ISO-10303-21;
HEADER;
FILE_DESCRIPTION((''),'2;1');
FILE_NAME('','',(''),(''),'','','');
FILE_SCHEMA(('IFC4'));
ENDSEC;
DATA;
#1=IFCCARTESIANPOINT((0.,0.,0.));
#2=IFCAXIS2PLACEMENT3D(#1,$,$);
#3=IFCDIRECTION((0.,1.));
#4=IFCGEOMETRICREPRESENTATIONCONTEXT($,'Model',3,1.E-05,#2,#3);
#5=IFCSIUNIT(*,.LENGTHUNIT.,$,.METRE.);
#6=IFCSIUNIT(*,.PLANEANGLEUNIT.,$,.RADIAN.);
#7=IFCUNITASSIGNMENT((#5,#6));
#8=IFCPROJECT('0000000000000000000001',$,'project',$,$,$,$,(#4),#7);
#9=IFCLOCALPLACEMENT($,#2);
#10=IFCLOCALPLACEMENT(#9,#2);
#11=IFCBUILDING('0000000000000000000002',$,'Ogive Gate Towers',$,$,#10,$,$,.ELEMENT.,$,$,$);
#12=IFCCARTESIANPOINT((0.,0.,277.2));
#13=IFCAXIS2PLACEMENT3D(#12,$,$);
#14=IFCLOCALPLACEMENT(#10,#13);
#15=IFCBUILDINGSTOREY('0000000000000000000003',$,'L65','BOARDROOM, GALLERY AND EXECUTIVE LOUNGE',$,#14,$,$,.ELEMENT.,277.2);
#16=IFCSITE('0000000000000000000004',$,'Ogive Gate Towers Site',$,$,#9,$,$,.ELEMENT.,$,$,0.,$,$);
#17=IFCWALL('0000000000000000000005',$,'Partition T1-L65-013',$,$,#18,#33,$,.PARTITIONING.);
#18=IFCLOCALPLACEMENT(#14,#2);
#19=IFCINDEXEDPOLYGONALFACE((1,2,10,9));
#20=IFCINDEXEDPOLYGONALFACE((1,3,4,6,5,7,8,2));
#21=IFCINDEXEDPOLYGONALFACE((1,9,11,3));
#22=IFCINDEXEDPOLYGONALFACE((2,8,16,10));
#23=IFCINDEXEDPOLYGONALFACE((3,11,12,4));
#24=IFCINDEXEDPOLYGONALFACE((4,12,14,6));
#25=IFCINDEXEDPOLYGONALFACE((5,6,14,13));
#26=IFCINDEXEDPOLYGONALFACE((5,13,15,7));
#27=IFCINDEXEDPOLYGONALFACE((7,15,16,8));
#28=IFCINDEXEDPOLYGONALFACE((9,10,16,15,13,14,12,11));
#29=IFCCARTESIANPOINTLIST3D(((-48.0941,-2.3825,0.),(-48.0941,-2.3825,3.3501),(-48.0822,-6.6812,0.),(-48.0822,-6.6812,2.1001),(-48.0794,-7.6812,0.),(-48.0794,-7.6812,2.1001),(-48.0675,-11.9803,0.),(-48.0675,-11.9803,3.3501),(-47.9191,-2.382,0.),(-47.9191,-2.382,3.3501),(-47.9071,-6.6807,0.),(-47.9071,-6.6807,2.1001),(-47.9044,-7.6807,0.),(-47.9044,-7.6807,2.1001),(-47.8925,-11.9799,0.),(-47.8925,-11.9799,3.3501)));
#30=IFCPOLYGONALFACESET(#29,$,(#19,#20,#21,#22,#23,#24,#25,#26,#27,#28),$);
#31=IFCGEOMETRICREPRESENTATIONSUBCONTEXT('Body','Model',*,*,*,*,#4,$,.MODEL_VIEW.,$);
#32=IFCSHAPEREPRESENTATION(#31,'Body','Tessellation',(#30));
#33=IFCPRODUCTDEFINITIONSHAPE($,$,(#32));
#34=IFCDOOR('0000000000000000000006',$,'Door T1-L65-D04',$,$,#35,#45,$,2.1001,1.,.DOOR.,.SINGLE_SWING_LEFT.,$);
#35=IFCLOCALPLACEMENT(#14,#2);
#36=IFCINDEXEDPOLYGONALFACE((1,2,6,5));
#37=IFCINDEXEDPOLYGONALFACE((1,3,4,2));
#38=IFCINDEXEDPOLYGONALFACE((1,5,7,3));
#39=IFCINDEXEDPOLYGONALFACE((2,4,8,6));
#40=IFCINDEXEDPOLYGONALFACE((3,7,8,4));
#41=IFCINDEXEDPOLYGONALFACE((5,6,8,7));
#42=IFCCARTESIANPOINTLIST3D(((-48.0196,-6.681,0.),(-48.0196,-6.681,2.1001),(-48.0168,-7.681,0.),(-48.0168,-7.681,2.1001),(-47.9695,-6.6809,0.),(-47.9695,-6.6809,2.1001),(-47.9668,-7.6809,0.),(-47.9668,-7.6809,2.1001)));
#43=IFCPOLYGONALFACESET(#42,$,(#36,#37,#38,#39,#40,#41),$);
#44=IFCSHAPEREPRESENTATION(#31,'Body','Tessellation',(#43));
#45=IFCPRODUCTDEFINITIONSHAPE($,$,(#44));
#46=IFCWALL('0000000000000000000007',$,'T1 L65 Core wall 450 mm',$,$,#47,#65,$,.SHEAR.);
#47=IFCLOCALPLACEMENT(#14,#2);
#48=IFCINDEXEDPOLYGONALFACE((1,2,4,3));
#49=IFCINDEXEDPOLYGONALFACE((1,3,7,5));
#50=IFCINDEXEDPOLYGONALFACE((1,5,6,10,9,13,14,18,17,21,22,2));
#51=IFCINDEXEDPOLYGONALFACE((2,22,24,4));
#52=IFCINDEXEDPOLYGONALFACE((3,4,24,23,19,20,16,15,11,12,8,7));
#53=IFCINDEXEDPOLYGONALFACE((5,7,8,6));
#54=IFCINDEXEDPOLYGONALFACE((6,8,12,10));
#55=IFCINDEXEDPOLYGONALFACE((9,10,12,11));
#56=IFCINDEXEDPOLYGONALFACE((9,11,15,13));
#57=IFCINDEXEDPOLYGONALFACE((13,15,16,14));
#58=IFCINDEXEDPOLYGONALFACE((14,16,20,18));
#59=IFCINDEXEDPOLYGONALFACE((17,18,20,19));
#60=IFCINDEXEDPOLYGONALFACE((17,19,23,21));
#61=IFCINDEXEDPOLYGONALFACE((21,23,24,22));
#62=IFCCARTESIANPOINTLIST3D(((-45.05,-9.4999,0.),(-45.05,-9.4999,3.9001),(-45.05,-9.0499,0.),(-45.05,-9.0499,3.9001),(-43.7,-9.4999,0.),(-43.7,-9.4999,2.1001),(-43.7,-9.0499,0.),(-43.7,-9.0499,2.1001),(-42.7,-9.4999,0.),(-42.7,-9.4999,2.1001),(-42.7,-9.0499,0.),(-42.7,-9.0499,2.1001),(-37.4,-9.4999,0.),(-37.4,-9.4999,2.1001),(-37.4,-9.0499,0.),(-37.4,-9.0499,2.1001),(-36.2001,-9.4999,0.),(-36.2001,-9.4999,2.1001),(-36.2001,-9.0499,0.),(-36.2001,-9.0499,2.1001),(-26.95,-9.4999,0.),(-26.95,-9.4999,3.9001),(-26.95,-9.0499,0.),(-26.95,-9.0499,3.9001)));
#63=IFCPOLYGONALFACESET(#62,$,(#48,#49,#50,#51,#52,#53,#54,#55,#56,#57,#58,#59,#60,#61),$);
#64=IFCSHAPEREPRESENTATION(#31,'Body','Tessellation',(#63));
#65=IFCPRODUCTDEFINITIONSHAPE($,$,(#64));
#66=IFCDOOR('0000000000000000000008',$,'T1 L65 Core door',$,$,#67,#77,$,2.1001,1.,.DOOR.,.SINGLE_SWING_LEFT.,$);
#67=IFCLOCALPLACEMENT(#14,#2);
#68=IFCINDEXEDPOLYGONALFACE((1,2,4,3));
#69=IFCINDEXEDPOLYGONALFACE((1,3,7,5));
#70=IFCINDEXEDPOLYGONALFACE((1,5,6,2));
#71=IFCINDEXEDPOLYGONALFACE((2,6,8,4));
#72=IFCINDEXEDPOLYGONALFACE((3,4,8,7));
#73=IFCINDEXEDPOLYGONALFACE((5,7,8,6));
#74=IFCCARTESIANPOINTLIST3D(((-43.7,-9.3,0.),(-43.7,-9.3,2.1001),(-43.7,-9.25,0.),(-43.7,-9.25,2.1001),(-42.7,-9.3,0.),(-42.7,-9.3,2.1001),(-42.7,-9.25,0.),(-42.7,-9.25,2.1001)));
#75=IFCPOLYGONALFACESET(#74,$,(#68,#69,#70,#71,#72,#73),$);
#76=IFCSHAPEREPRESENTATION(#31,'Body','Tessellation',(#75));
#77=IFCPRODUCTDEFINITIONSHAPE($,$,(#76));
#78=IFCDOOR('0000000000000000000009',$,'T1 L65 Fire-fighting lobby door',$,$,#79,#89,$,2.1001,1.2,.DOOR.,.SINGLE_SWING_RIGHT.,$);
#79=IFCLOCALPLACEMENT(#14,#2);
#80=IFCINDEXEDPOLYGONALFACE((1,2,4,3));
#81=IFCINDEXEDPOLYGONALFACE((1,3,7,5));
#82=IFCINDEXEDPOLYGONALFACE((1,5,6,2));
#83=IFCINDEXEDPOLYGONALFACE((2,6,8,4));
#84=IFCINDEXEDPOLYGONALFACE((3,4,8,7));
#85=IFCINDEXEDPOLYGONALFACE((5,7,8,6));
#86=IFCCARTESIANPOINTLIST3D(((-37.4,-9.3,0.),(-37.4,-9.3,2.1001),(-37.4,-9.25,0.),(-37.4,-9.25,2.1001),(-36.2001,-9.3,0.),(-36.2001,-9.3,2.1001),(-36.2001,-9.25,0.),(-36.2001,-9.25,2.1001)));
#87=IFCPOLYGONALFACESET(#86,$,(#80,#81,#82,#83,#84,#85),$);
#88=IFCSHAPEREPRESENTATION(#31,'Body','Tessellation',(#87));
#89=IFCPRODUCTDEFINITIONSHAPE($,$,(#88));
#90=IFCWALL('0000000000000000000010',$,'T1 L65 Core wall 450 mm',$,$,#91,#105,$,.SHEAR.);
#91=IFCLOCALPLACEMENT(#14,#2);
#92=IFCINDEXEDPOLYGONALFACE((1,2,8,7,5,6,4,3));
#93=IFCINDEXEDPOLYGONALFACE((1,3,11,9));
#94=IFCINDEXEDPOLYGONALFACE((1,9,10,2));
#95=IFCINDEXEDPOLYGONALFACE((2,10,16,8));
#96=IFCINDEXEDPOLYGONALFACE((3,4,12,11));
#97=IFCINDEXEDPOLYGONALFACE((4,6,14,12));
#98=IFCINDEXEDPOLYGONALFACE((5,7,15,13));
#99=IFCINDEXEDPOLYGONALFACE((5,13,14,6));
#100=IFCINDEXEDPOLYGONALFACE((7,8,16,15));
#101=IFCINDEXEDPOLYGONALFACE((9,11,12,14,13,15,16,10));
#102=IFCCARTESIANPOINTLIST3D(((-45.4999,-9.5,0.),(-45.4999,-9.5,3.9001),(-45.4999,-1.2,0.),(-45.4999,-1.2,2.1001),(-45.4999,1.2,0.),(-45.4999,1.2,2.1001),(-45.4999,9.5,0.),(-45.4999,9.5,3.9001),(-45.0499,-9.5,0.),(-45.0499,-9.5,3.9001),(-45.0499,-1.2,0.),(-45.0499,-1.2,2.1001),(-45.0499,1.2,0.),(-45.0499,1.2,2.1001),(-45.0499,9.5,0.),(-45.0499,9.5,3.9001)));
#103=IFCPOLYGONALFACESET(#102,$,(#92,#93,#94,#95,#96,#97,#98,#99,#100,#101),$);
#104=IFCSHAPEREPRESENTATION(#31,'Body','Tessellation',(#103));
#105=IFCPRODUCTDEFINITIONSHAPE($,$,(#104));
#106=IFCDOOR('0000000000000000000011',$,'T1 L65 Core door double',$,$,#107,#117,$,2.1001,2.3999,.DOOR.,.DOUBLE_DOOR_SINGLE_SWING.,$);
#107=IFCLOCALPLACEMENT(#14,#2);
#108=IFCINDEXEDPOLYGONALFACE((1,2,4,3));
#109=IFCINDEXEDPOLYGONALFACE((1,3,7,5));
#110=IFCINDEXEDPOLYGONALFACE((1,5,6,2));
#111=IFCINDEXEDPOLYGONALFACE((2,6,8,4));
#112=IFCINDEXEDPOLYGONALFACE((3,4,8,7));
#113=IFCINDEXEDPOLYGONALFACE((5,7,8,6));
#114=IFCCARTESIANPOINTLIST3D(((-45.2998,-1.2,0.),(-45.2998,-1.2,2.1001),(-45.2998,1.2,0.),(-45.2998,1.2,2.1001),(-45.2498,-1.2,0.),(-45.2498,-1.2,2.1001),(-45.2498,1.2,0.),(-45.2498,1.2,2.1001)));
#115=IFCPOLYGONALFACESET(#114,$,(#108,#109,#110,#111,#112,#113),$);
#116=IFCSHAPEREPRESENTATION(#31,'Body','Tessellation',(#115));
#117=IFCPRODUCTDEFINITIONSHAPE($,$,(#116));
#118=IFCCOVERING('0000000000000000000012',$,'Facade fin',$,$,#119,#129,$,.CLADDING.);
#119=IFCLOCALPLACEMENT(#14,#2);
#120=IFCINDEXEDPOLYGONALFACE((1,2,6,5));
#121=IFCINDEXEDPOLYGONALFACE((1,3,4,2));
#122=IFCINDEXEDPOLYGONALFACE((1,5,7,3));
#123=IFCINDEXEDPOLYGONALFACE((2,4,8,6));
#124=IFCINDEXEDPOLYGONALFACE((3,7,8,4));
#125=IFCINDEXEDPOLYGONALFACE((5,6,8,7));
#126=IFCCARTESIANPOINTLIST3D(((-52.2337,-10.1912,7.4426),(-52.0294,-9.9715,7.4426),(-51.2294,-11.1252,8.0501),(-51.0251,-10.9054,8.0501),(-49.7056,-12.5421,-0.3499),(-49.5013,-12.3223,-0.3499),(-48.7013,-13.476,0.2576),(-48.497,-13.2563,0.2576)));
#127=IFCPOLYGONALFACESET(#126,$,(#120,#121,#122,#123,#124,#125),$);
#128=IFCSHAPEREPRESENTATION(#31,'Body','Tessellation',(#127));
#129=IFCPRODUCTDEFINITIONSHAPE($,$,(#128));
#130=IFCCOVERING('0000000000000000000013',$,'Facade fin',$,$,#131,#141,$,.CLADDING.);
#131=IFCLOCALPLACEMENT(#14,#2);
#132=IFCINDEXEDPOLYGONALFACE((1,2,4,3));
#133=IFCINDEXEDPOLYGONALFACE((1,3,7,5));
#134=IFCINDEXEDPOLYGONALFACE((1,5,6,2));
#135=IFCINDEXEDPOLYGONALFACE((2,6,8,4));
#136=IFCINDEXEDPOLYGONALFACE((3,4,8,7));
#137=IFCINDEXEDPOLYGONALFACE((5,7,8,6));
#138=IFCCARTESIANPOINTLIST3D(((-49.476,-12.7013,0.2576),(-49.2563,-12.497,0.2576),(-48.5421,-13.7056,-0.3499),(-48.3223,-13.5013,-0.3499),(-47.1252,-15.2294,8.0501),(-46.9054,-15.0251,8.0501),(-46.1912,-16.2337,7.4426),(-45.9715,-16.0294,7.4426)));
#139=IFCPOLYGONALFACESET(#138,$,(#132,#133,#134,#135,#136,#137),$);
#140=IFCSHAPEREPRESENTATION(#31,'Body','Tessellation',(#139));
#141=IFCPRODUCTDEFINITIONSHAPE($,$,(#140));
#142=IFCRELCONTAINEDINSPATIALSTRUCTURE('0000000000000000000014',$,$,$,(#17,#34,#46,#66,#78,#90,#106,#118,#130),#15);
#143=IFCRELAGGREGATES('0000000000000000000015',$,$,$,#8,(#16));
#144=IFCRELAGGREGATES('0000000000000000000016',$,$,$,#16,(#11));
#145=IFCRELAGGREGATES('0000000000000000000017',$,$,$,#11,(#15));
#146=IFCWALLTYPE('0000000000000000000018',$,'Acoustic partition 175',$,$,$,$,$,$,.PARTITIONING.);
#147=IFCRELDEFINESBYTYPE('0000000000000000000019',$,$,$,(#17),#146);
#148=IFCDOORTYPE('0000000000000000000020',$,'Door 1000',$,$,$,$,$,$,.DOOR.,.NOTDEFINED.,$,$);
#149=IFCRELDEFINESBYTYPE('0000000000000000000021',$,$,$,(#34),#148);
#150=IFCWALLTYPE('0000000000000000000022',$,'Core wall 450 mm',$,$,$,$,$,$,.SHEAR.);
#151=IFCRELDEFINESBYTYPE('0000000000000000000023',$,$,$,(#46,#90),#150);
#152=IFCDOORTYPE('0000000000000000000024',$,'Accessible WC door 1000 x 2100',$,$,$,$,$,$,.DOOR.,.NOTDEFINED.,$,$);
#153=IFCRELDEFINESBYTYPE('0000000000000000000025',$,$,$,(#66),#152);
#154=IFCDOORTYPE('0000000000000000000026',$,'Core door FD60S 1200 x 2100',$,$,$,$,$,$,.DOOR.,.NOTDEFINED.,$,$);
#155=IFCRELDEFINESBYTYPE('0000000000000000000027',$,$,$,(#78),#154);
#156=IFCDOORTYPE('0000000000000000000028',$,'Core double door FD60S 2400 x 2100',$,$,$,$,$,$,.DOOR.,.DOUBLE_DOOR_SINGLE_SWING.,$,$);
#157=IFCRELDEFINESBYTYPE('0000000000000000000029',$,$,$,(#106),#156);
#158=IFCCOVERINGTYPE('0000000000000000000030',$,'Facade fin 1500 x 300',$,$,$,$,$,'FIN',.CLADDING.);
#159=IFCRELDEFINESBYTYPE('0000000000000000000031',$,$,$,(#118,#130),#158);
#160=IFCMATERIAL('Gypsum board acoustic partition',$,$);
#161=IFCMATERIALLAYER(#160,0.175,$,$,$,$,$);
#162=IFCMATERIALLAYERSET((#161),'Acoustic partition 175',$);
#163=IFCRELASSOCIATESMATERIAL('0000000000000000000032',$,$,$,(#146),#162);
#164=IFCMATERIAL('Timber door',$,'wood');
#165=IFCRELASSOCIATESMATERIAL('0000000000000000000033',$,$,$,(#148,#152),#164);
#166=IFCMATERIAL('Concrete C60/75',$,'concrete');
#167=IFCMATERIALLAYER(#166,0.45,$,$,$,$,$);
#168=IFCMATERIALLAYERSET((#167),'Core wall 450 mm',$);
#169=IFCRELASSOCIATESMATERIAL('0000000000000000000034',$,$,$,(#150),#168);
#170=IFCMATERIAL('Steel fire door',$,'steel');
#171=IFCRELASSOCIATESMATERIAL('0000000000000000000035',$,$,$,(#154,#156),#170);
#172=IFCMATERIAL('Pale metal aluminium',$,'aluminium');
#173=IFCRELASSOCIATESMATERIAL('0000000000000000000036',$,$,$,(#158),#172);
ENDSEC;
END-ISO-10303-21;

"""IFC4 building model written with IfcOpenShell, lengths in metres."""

from ifc_helpers import new_model, si_unit, direction, frame, frame_2d, origin, origin_2d, place, context, subcontext, project, spatial, rectangle, extrude, material, layer, layer_set, material_profile, profile_set, type_object, element, fill, save


model = new_model("IFC4")

# Units and contexts
model_context = context("Model", 3, precision=1e-05, world=origin(), true_north=direction((0.0, 1.0)))
body_context = subcontext(model_context, "Body", "Model", "MODEL_VIEW")
ifc_project = project(units=[si_unit("LENGTHUNIT", "METRE"), si_unit("PLANEANGLEUNIT", "RADIAN")], contexts=[model_context])

# Site, building, storey
site_placement = place(None, origin())
site = spatial("IfcSite", under=ifc_project, at=site_placement, Name="Ogive Gate Towers Site", CompositionType="ELEMENT", RefElevation=0.0)
building_placement = place(site_placement, origin())
building = spatial("IfcBuilding", under=site, at=building_placement, Name="Ogive Gate Towers", CompositionType="ELEMENT")
storey_placement = place(building_placement, frame((0.0, 0.0, 277.2)))
storey = spatial("IfcBuildingStorey", under=building, at=storey_placement, Name="L65", Description="BOARDROOM, GALLERY AND EXECUTIVE LOUNGE", CompositionType="ELEMENT", Elevation=277.2)

# Shared definitions
ifc_material_1 = material(Name="Pale metal aluminium", Category="aluminium")

# Shared definitions
ifc_material_2 = material(Name="Gypsum board acoustic partition")
ifc_layer_1 = layer(ifc_material_2, 0.175)
ifc_layer_set_1 = layer_set([ifc_layer_1], Name="Acoustic partition 175")
wall_type_1 = type_object("IfcWallType", Name="Acoustic partition 175", PredefinedType="PARTITIONING", material=ifc_layer_set_1)

# Wall, opening, door
wall_1_placement = place(storey_placement, frame((-47.98, -11.98, 0.0), z_axis=(0.0, 0.0, 1.0), x_axis=(-0.002773, 0.999996, 0.0)))
wall_1 = element("IfcWall", 1, at=wall_1_placement, inside=storey, type_object=wall_type_1, Name="Partition T1-L65-013", PredefinedType="PARTITIONING", context=body_context, shape_type="SweptSolid", body=[
    extrude(rectangle(XDim=9.5979, YDim=0.175, at=frame_2d((4.7988, 0.0))), origin(), (0.0, 0.0, 1.0), 3.3501),
])
opening_1_placement = place(wall_1_placement, frame((4.2991, 0.0, 0.0)))
opening_1 = element("IfcOpeningElement", 2, at=opening_1_placement, cuts=wall_1, PredefinedType="OPENING", context=body_context, shape_type="SweptSolid", body=[
    extrude(rectangle(XDim=1.0, YDim=2.1001, at=frame_2d((0.5, 1.05))), frame((0.0, 0.0977, 0.0), z_axis=(0.0, -1.0, 0.0), x_axis=(1.0, 0.0, 0.0)), (0.0, 0.0, 1.0), 0.1951),
])
ifc_material_3 = material(Name="Timber door", Category="wood")
door_type_1 = type_object("IfcDoorType", Name="Door 1000", OperationType="NOTDEFINED", PredefinedType="DOOR", material=ifc_material_3)
door_1_placement = place(opening_1_placement, origin())
door_1 = element("IfcDoor", 3, at=door_1_placement, inside=storey, type_object=door_type_1, Name="Door T1-L65-D04", OperationType="SINGLE_SWING_LEFT", OverallHeight=2.1001, OverallWidth=1.0, PredefinedType="DOOR", context=body_context, shape_type="SweptSolid", body=[
    extrude(rectangle(XDim=1.0, YDim=2.1001, at=frame_2d((0.5, 1.05))), frame((0.0, 0.0249, 0.0), z_axis=(0.0, -1.0, 0.0), x_axis=(1.0, 0.0, 0.0)), (0.0, 0.0, 1.0), 0.05),
])
fill(opening_1, door_1)

# Wall, openings, doors
ifc_material_4 = material(Name="Concrete C60/75", Category="concrete")
ifc_layer_2 = layer(ifc_material_4, 0.45)
ifc_layer_set_2 = layer_set([ifc_layer_2], Name="Core wall 450 mm")
wall_type_2 = type_object("IfcWallType", Name="Core wall 450 mm", PredefinedType="SHEAR", material=ifc_layer_set_2)
wall_2_placement = place(storey_placement, frame((-45.05, -9.2749, 0.0), z_axis=(0.0, 0.0, 1.0), x_axis=(1.0, 0.0, 0.0)))
wall_2 = element("IfcWall", 4, at=wall_2_placement, inside=storey, type_object=wall_type_2, Name="T1 L65 Core wall 450 mm", PredefinedType="SHEAR", context=body_context, shape_type="SweptSolid", body=[
    extrude(rectangle(XDim=18.1001, YDim=0.45, at=frame_2d((9.05, 0.0))), origin(), (0.0, 0.0, 1.0), 3.9001),
])
opening_2_placement = place(wall_2_placement, frame((7.6499, 0.0, 0.0)))
opening_2 = element("IfcOpeningElement", 5, at=opening_2_placement, cuts=wall_2, PredefinedType="OPENING", context=body_context, shape_type="SweptSolid", body=[
    extrude(rectangle(XDim=1.2, YDim=2.1001, at=frame_2d((0.6001, 1.05))), frame((0.0, 0.2349, 0.0), z_axis=(0.0, -1.0, 0.0), x_axis=(1.0, 0.0, 0.0)), (0.0, 0.0, 1.0), 0.47),
])
opening_3_placement = place(wall_2_placement, frame((1.3501, 0.0, 0.0)))
opening_3 = element("IfcOpeningElement", 6, at=opening_3_placement, cuts=wall_2, PredefinedType="OPENING", context=body_context, shape_type="SweptSolid", body=[
    extrude(rectangle(XDim=1.0, YDim=2.1001, at=frame_2d((0.5, 1.05))), frame((0.0, 0.2349, 0.0), z_axis=(0.0, -1.0, 0.0), x_axis=(1.0, 0.0, 0.0)), (0.0, 0.0, 1.0), 0.47),
])
door_type_2 = type_object("IfcDoorType", Name="Accessible WC door 1000 x 2100", OperationType="NOTDEFINED", PredefinedType="DOOR", material=ifc_material_3)
door_2_placement = place(opening_3_placement, origin())
door_2 = element("IfcDoor", 7, at=door_2_placement, inside=storey, type_object=door_type_2, Name="T1 L65 Core door", OperationType="SINGLE_SWING_LEFT", OverallHeight=2.1001, OverallWidth=1.0, PredefinedType="DOOR", context=body_context, shape_type="SweptSolid", body=[
    extrude(rectangle(XDim=1.0, YDim=2.1001, at=frame_2d((0.5, 1.05))), frame((0.0, 0.0249, 0.0), z_axis=(0.0, -1.0, 0.0), x_axis=(1.0, 0.0, 0.0)), (0.0, 0.0, 1.0), 0.05),
])
fill(opening_3, door_2)
ifc_material_5 = material(Name="Steel fire door", Category="steel")
door_type_3 = type_object("IfcDoorType", Name="Core door FD60S 1200 x 2100", OperationType="NOTDEFINED", PredefinedType="DOOR", material=ifc_material_5)
door_3_placement = place(opening_2_placement, origin())
door_3 = element("IfcDoor", 8, at=door_3_placement, inside=storey, type_object=door_type_3, Name="T1 L65 Fire-fighting lobby door", OperationType="SINGLE_SWING_RIGHT", OverallHeight=2.1001, OverallWidth=1.2, PredefinedType="DOOR", context=body_context, shape_type="SweptSolid", body=[
    extrude(rectangle(XDim=1.2, YDim=2.1001, at=frame_2d((0.6001, 1.05))), frame((0.0, 0.0249, 0.0), z_axis=(0.0, -1.0, 0.0), x_axis=(1.0, 0.0, 0.0)), (0.0, 0.0, 1.0), 0.05),
])
fill(opening_2, door_3)

# Wall, opening, door
wall_3_placement = place(storey_placement, frame((-45.2749, -9.5, 0.0), z_axis=(0.0, 0.0, 1.0), x_axis=(0.0, 1.0, 0.0)))
wall_3 = element("IfcWall", 9, at=wall_3_placement, inside=storey, type_object=wall_type_2, Name="T1 L65 Core wall 450 mm", PredefinedType="SHEAR", context=body_context, shape_type="SweptSolid", body=[
    extrude(rectangle(XDim=19.0, YDim=0.45, at=frame_2d((9.5, 0.0))), origin(), (0.0, 0.0, 1.0), 3.9001),
])
opening_4_placement = place(wall_3_placement, frame((8.3, 0.0, 0.0)))
opening_4 = element("IfcOpeningElement", 10, at=opening_4_placement, cuts=wall_3, PredefinedType="OPENING", context=body_context, shape_type="SweptSolid", body=[
    extrude(rectangle(XDim=2.3999, YDim=2.1001, at=frame_2d((1.2, 1.05))), frame((0.0, 0.2349, 0.0), z_axis=(0.0, -1.0, 0.0), x_axis=(1.0, 0.0, 0.0)), (0.0, 0.0, 1.0), 0.47),
])
door_type_4 = type_object("IfcDoorType", Name="Core double door FD60S 2400 x 2100", OperationType="DOUBLE_DOOR_SINGLE_SWING", PredefinedType="DOOR", material=ifc_material_5)
door_4_placement = place(opening_4_placement, origin())
door_4 = element("IfcDoor", 11, at=door_4_placement, inside=storey, type_object=door_type_4, Name="T1 L65 Core door double", OperationType="DOUBLE_DOOR_SINGLE_SWING", OverallHeight=2.1001, OverallWidth=2.3999, PredefinedType="DOOR", context=body_context, shape_type="SweptSolid", body=[
    extrude(rectangle(XDim=2.3999, YDim=2.1001, at=frame_2d((1.2, 1.05))), frame((0.0, 0.0249, 0.0), z_axis=(0.0, -1.0, 0.0), x_axis=(1.0, 0.0, 0.0)), (0.0, 0.0, 1.0), 0.05),
])
fill(opening_4, door_4)

# Coverings
ifc_material_profile_1 = material_profile(ifc_material_1, rectangle(XDim=0.3, YDim=1.5, at=origin_2d()), Name="1500 x 300 pale metal aluminium")
ifc_profile_set_1 = profile_set([ifc_material_profile_1], Name="Pale metal aluminium")
covering_type = type_object("IfcCoveringType", Name="Facade fin 1500 x 300", ElementType="FIN", PredefinedType="CLADDING", material=ifc_profile_set_1)
for number, where, z_axis, x_axis, name in (
    (12, (-49.1013, -12.8992, -0.0461), (-0.296621, 0.275824, 0.914296), (-0.680969, -0.732312, 0.0), "Facade fin"),
    (13, (-48.8992, -13.1013, -0.0461), (0.275824, -0.296621, 0.914296), (0.732312, 0.680969, 0.0), "Facade fin"),
):
    element("IfcCovering", number, at=place(storey_placement, frame(where, z_axis=z_axis, x_axis=x_axis)), inside=storey, type_object=covering_type, Name=name, PredefinedType="CLADDING", context=body_context, shape_type="SweptSolid", body=[
        extrude(rectangle(XDim=0.3, YDim=1.5, at=origin_2d()), origin(), (0.0, 0.0, 1.0), 8.5229),
    ])

save(model, "model.ifc")
